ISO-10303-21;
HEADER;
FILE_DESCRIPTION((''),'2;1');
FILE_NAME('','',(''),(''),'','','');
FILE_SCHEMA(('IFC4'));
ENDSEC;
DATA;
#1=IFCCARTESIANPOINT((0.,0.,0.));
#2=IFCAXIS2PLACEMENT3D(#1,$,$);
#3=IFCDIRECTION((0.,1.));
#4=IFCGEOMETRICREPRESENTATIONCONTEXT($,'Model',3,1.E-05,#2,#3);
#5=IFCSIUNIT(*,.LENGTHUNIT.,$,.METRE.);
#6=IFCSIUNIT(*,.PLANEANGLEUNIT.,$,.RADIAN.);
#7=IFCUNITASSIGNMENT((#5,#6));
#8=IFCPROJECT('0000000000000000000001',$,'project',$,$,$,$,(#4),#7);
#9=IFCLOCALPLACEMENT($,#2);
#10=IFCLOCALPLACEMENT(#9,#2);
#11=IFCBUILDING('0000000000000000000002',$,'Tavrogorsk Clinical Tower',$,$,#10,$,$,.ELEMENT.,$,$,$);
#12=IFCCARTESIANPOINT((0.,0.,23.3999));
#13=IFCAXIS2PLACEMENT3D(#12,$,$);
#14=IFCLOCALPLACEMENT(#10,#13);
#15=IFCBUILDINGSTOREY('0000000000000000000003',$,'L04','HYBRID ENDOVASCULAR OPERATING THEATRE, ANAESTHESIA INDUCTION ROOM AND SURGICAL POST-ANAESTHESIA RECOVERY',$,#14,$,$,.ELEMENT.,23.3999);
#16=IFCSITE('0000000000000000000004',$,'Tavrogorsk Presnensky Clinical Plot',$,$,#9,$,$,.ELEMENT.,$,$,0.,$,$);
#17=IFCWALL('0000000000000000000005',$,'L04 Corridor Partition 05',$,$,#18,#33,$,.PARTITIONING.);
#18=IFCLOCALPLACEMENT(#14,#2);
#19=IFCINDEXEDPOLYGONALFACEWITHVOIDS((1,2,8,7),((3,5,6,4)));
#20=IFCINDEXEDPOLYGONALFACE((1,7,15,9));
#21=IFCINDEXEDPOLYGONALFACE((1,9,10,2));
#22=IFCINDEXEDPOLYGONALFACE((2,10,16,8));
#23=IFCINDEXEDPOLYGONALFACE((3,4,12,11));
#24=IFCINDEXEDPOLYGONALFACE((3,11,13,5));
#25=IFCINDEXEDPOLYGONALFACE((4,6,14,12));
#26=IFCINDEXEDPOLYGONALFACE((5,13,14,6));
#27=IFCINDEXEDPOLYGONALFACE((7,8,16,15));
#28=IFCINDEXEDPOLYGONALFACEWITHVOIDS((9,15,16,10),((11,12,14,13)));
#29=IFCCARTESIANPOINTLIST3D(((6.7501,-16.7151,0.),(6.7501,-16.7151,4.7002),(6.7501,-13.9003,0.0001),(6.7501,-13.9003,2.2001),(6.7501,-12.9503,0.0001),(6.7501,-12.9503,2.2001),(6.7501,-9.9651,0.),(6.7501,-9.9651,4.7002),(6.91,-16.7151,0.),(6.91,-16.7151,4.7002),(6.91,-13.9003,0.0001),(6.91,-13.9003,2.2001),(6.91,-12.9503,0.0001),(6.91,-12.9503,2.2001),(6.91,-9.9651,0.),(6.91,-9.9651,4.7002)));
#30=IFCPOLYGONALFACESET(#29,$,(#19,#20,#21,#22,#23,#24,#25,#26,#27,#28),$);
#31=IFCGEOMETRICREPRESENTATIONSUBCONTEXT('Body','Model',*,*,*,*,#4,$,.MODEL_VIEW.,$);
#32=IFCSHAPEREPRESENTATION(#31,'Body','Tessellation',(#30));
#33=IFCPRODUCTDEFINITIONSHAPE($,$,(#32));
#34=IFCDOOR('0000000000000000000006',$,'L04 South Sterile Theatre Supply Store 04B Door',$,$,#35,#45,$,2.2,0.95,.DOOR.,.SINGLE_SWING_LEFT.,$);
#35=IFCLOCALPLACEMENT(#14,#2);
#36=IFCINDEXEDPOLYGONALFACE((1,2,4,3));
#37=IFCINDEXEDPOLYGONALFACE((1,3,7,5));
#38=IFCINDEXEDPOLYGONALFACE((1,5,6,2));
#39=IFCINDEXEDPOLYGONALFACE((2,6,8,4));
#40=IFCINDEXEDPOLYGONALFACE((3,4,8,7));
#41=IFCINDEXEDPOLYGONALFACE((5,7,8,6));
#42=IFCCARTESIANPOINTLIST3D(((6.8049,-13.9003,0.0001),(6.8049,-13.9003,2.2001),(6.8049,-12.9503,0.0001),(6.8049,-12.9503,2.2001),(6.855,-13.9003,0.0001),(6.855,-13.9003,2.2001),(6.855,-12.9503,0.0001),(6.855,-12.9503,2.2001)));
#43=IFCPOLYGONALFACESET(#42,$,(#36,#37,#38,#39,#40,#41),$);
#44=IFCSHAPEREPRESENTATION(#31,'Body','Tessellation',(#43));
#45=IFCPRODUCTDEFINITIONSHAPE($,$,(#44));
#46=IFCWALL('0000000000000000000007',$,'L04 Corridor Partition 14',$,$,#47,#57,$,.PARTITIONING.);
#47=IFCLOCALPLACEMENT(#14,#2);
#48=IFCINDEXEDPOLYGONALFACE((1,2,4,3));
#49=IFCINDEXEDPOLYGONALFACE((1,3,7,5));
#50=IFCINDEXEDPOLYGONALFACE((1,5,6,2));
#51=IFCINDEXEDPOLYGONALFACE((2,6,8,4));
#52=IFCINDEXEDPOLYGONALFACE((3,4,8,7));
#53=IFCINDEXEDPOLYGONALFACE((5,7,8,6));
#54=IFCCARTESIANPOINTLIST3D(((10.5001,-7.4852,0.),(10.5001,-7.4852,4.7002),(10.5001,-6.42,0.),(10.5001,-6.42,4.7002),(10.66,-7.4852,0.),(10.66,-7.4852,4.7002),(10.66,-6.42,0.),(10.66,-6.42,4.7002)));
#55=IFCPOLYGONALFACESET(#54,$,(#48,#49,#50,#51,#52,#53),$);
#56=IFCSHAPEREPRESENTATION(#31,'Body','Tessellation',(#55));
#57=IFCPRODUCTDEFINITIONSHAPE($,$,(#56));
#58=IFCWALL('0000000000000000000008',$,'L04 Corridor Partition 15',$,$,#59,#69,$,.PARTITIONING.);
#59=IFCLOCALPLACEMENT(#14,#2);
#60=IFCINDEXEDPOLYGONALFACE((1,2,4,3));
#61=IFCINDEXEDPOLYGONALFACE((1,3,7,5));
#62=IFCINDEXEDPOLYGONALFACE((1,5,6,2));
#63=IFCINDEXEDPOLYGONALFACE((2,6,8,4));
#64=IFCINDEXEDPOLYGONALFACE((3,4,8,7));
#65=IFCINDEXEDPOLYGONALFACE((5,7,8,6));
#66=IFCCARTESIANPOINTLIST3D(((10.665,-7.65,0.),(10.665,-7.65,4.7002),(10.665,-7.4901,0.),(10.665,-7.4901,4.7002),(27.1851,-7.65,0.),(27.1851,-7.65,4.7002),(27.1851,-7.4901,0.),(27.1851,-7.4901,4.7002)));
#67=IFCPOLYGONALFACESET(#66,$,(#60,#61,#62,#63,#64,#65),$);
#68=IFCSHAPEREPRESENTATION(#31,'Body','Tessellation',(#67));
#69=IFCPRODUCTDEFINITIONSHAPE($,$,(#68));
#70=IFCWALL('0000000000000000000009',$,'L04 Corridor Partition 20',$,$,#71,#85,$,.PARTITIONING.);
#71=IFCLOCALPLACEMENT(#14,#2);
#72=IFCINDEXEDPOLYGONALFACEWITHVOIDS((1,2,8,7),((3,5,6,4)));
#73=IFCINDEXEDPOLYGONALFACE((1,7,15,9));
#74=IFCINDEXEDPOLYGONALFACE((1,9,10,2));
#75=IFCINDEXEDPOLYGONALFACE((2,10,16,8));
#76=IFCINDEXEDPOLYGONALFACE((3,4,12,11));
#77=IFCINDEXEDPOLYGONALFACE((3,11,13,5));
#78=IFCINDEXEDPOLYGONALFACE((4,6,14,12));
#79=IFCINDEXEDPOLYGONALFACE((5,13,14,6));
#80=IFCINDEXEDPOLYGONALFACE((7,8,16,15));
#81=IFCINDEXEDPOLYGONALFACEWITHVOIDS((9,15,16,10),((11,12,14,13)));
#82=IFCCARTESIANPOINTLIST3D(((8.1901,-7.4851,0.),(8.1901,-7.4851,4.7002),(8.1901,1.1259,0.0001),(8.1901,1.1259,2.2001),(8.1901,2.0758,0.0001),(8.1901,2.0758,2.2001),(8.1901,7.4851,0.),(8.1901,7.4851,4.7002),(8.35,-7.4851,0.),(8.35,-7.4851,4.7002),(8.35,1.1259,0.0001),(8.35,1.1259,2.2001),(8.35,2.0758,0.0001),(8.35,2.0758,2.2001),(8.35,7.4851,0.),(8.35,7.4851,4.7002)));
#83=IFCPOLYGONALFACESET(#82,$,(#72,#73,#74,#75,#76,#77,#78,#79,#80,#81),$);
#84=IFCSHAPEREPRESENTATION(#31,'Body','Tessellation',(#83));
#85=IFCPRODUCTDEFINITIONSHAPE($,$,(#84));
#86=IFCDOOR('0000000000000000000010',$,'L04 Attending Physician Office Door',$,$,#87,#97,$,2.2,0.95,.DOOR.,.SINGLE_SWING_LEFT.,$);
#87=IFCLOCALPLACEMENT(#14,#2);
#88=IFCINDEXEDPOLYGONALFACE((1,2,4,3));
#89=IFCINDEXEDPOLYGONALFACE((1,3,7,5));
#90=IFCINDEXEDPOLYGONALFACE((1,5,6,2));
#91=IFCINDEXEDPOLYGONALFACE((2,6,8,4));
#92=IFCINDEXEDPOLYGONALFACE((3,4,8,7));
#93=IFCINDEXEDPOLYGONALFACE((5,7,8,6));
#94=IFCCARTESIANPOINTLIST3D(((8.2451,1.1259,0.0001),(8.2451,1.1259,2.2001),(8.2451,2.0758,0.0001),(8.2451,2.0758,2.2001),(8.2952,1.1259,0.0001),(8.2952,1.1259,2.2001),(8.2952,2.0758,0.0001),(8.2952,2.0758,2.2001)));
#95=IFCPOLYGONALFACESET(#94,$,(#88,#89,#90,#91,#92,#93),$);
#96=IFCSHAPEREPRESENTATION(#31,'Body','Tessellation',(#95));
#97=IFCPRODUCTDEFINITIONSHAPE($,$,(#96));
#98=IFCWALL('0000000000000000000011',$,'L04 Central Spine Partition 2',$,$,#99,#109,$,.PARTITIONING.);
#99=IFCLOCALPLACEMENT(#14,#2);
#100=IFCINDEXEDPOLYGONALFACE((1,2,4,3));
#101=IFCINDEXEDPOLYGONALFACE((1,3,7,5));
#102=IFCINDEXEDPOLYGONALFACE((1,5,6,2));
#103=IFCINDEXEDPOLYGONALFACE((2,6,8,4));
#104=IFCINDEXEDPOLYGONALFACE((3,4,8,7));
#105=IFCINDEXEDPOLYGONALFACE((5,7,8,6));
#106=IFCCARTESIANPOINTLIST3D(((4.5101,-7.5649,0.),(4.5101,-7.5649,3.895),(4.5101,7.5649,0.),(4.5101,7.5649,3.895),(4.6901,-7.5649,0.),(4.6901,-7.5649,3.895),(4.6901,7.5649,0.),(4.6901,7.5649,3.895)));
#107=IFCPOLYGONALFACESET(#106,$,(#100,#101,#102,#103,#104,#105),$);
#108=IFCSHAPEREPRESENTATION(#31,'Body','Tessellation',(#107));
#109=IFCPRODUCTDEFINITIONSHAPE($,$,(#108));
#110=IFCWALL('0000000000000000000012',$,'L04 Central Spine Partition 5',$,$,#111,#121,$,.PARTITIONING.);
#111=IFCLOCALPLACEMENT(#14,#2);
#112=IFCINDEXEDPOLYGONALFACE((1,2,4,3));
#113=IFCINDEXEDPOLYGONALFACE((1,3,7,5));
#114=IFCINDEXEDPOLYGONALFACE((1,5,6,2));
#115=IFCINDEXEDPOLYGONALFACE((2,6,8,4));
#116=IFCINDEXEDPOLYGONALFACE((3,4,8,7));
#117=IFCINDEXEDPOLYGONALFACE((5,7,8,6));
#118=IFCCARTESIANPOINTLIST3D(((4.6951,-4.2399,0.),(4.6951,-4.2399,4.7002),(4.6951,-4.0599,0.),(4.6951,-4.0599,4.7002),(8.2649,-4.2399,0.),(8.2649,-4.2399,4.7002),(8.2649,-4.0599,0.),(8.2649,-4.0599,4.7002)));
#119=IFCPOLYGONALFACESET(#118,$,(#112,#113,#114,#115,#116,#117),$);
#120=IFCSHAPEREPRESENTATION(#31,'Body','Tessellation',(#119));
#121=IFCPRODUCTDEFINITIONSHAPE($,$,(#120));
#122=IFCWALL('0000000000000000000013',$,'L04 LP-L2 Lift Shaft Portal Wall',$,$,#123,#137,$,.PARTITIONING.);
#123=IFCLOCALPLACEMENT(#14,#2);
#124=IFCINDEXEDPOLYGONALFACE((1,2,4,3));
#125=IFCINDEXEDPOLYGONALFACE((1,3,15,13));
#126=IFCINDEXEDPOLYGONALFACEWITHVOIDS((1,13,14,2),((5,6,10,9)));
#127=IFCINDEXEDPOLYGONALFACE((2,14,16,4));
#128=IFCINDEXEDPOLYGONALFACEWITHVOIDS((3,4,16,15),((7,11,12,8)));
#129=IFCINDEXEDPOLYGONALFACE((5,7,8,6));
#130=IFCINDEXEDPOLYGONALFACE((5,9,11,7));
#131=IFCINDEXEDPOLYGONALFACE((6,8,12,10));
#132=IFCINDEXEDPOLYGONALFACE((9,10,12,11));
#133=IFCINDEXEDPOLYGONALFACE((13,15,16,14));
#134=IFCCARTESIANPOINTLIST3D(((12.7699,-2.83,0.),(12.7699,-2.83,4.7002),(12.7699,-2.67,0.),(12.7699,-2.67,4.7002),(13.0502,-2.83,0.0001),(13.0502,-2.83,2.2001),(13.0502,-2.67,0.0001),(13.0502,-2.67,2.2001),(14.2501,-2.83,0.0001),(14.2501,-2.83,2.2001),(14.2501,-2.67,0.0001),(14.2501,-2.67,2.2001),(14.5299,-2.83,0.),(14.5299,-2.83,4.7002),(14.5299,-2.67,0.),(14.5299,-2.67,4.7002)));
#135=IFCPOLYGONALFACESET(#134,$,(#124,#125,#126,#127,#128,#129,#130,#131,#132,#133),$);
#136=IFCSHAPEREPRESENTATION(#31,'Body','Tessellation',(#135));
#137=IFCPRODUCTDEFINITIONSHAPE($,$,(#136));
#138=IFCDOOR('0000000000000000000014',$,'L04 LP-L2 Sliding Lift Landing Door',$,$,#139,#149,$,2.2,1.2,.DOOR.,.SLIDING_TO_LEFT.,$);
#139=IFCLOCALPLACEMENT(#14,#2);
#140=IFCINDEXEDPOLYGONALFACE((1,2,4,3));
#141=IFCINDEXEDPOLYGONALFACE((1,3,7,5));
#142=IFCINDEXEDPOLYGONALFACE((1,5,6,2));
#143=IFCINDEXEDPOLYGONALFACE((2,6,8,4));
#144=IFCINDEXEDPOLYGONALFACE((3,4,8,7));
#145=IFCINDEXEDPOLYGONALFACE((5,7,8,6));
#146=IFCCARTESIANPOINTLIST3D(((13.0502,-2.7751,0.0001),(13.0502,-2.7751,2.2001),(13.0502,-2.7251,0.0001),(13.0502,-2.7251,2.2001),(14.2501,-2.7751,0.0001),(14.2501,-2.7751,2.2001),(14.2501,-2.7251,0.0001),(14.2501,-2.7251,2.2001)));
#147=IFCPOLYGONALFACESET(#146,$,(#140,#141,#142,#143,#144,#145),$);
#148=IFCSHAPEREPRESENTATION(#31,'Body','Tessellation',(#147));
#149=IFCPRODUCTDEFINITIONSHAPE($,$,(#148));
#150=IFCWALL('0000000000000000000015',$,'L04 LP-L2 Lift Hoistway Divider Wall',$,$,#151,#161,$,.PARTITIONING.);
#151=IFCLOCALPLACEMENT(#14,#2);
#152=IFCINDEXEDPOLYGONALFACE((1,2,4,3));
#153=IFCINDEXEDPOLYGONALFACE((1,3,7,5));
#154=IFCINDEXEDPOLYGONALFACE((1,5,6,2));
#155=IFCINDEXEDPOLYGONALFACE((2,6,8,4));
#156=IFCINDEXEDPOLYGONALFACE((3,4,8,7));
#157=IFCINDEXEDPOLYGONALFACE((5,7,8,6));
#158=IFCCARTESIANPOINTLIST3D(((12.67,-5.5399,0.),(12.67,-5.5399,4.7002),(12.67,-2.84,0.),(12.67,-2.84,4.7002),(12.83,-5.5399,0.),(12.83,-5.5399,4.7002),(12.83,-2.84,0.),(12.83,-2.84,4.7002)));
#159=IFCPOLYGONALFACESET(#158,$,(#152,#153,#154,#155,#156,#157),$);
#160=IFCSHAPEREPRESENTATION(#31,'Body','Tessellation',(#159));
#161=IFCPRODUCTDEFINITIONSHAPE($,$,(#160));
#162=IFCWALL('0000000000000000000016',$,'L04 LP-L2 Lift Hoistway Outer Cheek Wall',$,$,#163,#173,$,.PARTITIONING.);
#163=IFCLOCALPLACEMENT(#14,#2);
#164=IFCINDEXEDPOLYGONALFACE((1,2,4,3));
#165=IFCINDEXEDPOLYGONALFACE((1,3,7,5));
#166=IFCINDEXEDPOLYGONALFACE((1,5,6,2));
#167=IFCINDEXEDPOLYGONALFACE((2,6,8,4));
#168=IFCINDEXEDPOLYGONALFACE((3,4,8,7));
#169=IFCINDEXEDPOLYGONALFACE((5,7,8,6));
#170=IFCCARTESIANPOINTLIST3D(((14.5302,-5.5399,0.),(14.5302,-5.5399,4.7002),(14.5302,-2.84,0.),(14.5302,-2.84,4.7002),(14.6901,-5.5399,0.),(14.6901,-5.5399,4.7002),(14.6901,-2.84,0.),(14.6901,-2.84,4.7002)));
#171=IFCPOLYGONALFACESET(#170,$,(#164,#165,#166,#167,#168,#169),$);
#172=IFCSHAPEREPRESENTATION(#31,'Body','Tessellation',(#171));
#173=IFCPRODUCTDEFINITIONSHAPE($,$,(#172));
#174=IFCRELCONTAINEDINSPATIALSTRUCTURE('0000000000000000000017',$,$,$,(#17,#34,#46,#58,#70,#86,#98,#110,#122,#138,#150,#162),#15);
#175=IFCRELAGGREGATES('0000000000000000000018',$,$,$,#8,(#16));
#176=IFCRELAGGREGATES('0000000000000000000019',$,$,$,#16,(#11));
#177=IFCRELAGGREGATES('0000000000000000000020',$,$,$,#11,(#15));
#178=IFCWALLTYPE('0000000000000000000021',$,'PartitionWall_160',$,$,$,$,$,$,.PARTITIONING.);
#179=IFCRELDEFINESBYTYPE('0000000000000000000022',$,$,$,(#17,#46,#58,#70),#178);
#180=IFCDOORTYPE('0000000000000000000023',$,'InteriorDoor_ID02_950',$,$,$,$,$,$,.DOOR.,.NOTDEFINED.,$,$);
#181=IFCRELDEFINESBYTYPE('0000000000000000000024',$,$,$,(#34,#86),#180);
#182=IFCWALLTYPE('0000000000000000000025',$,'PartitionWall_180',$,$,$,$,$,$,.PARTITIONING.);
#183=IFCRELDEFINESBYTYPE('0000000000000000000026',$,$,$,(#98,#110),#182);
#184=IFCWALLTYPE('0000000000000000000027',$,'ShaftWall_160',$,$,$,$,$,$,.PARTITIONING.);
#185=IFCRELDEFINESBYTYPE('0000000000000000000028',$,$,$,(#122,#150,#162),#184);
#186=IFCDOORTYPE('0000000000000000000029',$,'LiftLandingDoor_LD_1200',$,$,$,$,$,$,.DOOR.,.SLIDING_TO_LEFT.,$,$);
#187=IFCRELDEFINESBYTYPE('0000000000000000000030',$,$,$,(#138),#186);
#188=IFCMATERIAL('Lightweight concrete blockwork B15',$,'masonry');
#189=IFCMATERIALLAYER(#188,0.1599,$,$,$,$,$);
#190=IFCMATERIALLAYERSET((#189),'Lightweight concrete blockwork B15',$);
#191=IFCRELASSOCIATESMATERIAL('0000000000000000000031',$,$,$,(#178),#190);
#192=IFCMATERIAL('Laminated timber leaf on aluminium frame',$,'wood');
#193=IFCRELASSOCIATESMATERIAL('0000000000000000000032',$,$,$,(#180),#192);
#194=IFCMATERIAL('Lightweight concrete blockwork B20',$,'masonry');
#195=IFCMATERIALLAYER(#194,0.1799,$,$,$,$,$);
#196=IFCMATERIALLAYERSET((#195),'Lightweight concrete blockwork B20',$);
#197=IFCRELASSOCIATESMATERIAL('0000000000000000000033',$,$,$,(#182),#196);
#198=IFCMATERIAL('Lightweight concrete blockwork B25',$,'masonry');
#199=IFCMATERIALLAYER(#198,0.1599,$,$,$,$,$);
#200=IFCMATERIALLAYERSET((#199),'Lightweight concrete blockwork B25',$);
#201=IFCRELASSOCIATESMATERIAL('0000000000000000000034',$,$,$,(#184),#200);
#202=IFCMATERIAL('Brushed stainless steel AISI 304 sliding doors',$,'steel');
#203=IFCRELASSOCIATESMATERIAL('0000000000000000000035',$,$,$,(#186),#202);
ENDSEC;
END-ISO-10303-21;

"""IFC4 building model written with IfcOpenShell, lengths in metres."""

from ifc_helpers import new_model, si_unit, direction, frame, frame_2d, origin, place, context, subcontext, project, spatial, rectangle, extrude, material, layer, layer_set, type_object, element, fill, save


model = new_model("IFC4")

# Units and contexts
model_context = context("Model", 3, precision=1e-05, world=origin(), true_north=direction((0.0, 1.0)))
body_context = subcontext(model_context, "Body", "Model", "MODEL_VIEW")
ifc_project = project(units=[si_unit("LENGTHUNIT", "METRE"), si_unit("PLANEANGLEUNIT", "RADIAN")], contexts=[model_context])

# Site, building, storey
site_placement = place(None, origin())
site = spatial("IfcSite", under=ifc_project, at=site_placement, Name="Tavrogorsk Presnensky Clinical Plot", CompositionType="ELEMENT", RefElevation=0.0)
building_placement = place(site_placement, origin())
building = spatial("IfcBuilding", under=site, at=building_placement, Name="Tavrogorsk Clinical Tower", CompositionType="ELEMENT")
storey_placement = place(building_placement, frame((0.0, 0.0, 23.3999)))
storey = spatial("IfcBuildingStorey", under=building, at=storey_placement, Name="L04", Description="HYBRID ENDOVASCULAR OPERATING THEATRE, ANAESTHESIA INDUCTION ROOM AND SURGICAL POST-ANAESTHESIA RECOVERY", CompositionType="ELEMENT", Elevation=23.3999)

# Wall, opening, door
ifc_material_1 = material(Name="Lightweight concrete blockwork B15", Category="masonry")
ifc_layer_1 = layer(ifc_material_1, 0.1599)
ifc_layer_set_1 = layer_set([ifc_layer_1], Name="Lightweight concrete blockwork B15")
wall_type_1 = type_object("IfcWallType", Name="PartitionWall_160", PredefinedType="PARTITIONING", material=ifc_layer_set_1)
wall_1_placement = place(storey_placement, frame((6.8301, -9.9651, 0.0), z_axis=(0.0, 0.0, 1.0), x_axis=(0.0, -1.0, 0.0)))
wall_1 = element("IfcWall", 1, at=wall_1_placement, inside=storey, type_object=wall_type_1, Name="L04 Corridor Partition 05", PredefinedType="PARTITIONING", context=body_context, shape_type="SweptSolid", body=[
    extrude(rectangle(XDim=6.75, YDim=0.1599, at=frame_2d((3.375, 0.0))), origin(), (0.0, 0.0, 1.0), 4.7002),
])
opening_1_placement = place(wall_1_placement, frame((2.9851, 0.0, 0.0)))
opening_1 = element("IfcOpeningElement", 2, at=opening_1_placement, cuts=wall_1, PredefinedType="OPENING", context=body_context, shape_type="SweptSolid", body=[
    extrude(rectangle(XDim=0.95, YDim=2.2, at=frame_2d((0.4751, 1.1001))), frame((0.0, 0.0898, 0.0), z_axis=(0.0, -1.0, 0.0), x_axis=(1.0, 0.0, 0.0)), (0.0, 0.0, 1.0), 0.1799),
])
ifc_material_2 = material(Name="Laminated timber leaf on aluminium frame", Category="wood")
door_type_1 = type_object("IfcDoorType", Name="InteriorDoor_ID02_950", OperationType="NOTDEFINED", PredefinedType="DOOR", material=ifc_material_2)
door_1_placement = place(opening_1_placement, origin())
door_1 = element("IfcDoor", 3, at=door_1_placement, inside=storey, type_object=door_type_1, Name="L04 South Sterile Theatre Supply Store 04B Door", OperationType="SINGLE_SWING_LEFT", OverallHeight=2.2, OverallWidth=0.95, PredefinedType="DOOR", context=body_context, shape_type="SweptSolid", body=[
    extrude(rectangle(XDim=0.95, YDim=2.2, at=frame_2d((0.4751, 1.1001))), frame((0.0, 0.0249, 0.0), z_axis=(0.0, -1.0, 0.0), x_axis=(1.0, 0.0, 0.0)), (0.0, 0.0, 1.0), 0.05),
])
fill(opening_1, door_1)

# Walls
wall_2_placement = place(storey_placement, frame((10.5801, -6.4199, 0.0), z_axis=(0.0, 0.0, 1.0), x_axis=(0.0, -1.0, 0.0)))
element("IfcWall", 4, at=wall_2_placement, inside=storey, type_object=wall_type_1, Name="L04 Corridor Partition 14", PredefinedType="PARTITIONING", context=body_context, shape_type="SweptSolid", body=[
    extrude(rectangle(XDim=1.0652, YDim=0.1599, at=frame_2d((0.5327, 0.0))), origin(), (0.0, 0.0, 1.0), 4.7002),
])
wall_3_placement = place(storey_placement, frame((10.665, -7.5701, 0.0), z_axis=(0.0, 0.0, 1.0), x_axis=(1.0, 0.0, 0.0)))
element("IfcWall", 5, at=wall_3_placement, inside=storey, type_object=wall_type_1, Name="L04 Corridor Partition 15", PredefinedType="PARTITIONING", context=body_context, shape_type="SweptSolid", body=[
    extrude(rectangle(XDim=16.52, YDim=0.1599, at=frame_2d((8.26, 0.0))), origin(), (0.0, 0.0, 1.0), 4.7002),
])

# Wall, opening, door
wall_4_placement = place(storey_placement, frame((8.27, -7.4851, 0.0), z_axis=(0.0, 0.0, 1.0), x_axis=(0.0, 1.0, 0.0)))
wall_4 = element("IfcWall", 6, at=wall_4_placement, inside=storey, type_object=wall_type_1, Name="L04 Corridor Partition 20", PredefinedType="PARTITIONING", context=body_context, shape_type="SweptSolid", body=[
    extrude(rectangle(XDim=14.9702, YDim=0.1599, at=frame_2d((7.4851, 0.0))), origin(), (0.0, 0.0, 1.0), 4.7002),
])
opening_2_placement = place(wall_4_placement, frame((8.6108, 0.0, 0.0)))
opening_2 = element("IfcOpeningElement", 7, at=opening_2_placement, cuts=wall_4, PredefinedType="OPENING", context=body_context, shape_type="SweptSolid", body=[
    extrude(rectangle(XDim=0.95, YDim=2.2, at=frame_2d((0.4751, 1.1001))), frame((0.0, 0.0898, 0.0), z_axis=(0.0, -1.0, 0.0), x_axis=(1.0, 0.0, 0.0)), (0.0, 0.0, 1.0), 0.1799),
])
door_2_placement = place(opening_2_placement, origin())
door_2 = element("IfcDoor", 8, at=door_2_placement, inside=storey, type_object=door_type_1, Name="L04 Attending Physician Office Door", OperationType="SINGLE_SWING_LEFT", OverallHeight=2.2, OverallWidth=0.95, PredefinedType="DOOR", context=body_context, shape_type="SweptSolid", body=[
    extrude(rectangle(XDim=0.95, YDim=2.2, at=frame_2d((0.4751, 1.1001))), frame((0.0, 0.0249, 0.0), z_axis=(0.0, -1.0, 0.0), x_axis=(1.0, 0.0, 0.0)), (0.0, 0.0, 1.0), 0.05),
])
fill(opening_2, door_2)

# Walls
ifc_material_3 = material(Name="Lightweight concrete blockwork B20", Category="masonry")
ifc_layer_2 = layer(ifc_material_3, 0.1799)
ifc_layer_set_2 = layer_set([ifc_layer_2], Name="Lightweight concrete blockwork B20")
wall_type_2 = type_object("IfcWallType", Name="PartitionWall_180", PredefinedType="PARTITIONING", material=ifc_layer_set_2)
wall_5_placement = place(storey_placement, frame((4.6001, -7.5649, 0.0), z_axis=(0.0, 0.0, 1.0), x_axis=(0.0, 1.0, 0.0)))
element("IfcWall", 9, at=wall_5_placement, inside=storey, type_object=wall_type_2, Name="L04 Central Spine Partition 2", PredefinedType="PARTITIONING", context=body_context, shape_type="SweptSolid", body=[
    extrude(rectangle(XDim=15.1299, YDim=0.1799, at=frame_2d((7.5649, 0.0))), origin(), (0.0, 0.0, 1.0), 3.895),
])
wall_6_placement = place(storey_placement, frame((4.6951, -4.1499, 0.0), z_axis=(0.0, 0.0, 1.0), x_axis=(1.0, 0.0, 0.0)))
element("IfcWall", 10, at=wall_6_placement, inside=storey, type_object=wall_type_2, Name="L04 Central Spine Partition 5", PredefinedType="PARTITIONING", context=body_context, shape_type="SweptSolid", body=[
    extrude(rectangle(XDim=3.5698, YDim=0.1799, at=frame_2d((1.7849, 0.0))), origin(), (0.0, 0.0, 1.0), 4.7002),
])

# Wall, opening, door
ifc_material_4 = material(Name="Lightweight concrete blockwork B25", Category="masonry")
ifc_layer_3 = layer(ifc_material_4, 0.1599)
ifc_layer_set_3 = layer_set([ifc_layer_3], Name="Lightweight concrete blockwork B25")
wall_type_3 = type_object("IfcWallType", Name="ShaftWall_160", PredefinedType="PARTITIONING", material=ifc_layer_set_3)
wall_7_placement = place(storey_placement, frame((12.77, -2.75, 0.0), z_axis=(0.0, 0.0, 1.0), x_axis=(1.0, 0.0, 0.0)))
wall_7 = element("IfcWall", 11, at=wall_7_placement, inside=storey, type_object=wall_type_3, Name="L04 LP-L2 Lift Shaft Portal Wall", PredefinedType="PARTITIONING", context=body_context, shape_type="SweptSolid", body=[
    extrude(rectangle(XDim=1.76, YDim=0.1599, at=frame_2d((0.8799, 0.0))), origin(), (0.0, 0.0, 1.0), 4.7002),
])
opening_3_placement = place(wall_7_placement, frame((0.28, 0.0, 0.0)))
opening_3 = element("IfcOpeningElement", 12, at=opening_3_placement, cuts=wall_7, PredefinedType="OPENING", context=body_context, shape_type="SweptSolid", body=[
    extrude(rectangle(XDim=1.2, YDim=2.2, at=frame_2d((0.6001, 1.1001))), frame((0.0, 0.0898, 0.0), z_axis=(0.0, -1.0, 0.0), x_axis=(1.0, 0.0, 0.0)), (0.0, 0.0, 1.0), 0.1799),
])
ifc_material_5 = material(Name="Brushed stainless steel AISI 304 sliding doors", Category="steel")
door_type_2 = type_object("IfcDoorType", Name="LiftLandingDoor_LD_1200", OperationType="SLIDING_TO_LEFT", PredefinedType="DOOR", material=ifc_material_5)
door_3_placement = place(opening_3_placement, origin())
door_3 = element("IfcDoor", 13, at=door_3_placement, inside=storey, type_object=door_type_2, Name="L04 LP-L2 Sliding Lift Landing Door", OperationType="SLIDING_TO_LEFT", OverallHeight=2.2, OverallWidth=1.2, PredefinedType="DOOR", context=body_context, shape_type="SweptSolid", body=[
    extrude(rectangle(XDim=1.2, YDim=2.2, at=frame_2d((0.6001, 1.1001))), frame((0.0, 0.0249, 0.0), z_axis=(0.0, -1.0, 0.0), x_axis=(1.0, 0.0, 0.0)), (0.0, 0.0, 1.0), 0.05),
])
fill(opening_3, door_3)

# Walls
for number, where, z_axis, x_axis, name in (
    (14, (12.75, -5.54, 0.0), (0.0, 0.0, 1.0), (0.0, 1.0, 0.0), "L04 LP-L2 Lift Hoistway Divider Wall"),
    (15, (14.6101, -5.54, 0.0), (0.0, 0.0, 1.0), (0.0, 1.0, 0.0), "L04 LP-L2 Lift Hoistway Outer Cheek Wall"),
):
    element("IfcWall", number, at=place(storey_placement, frame(where, z_axis=z_axis, x_axis=x_axis)), inside=storey, type_object=wall_type_3, Name=name, PredefinedType="PARTITIONING", context=body_context, shape_type="SweptSolid", body=[
        extrude(rectangle(XDim=2.7, YDim=0.1599, at=frame_2d((1.3501, 0.0))), origin(), (0.0, 0.0, 1.0), 4.7002),
    ])

save(model, "model.ifc")
